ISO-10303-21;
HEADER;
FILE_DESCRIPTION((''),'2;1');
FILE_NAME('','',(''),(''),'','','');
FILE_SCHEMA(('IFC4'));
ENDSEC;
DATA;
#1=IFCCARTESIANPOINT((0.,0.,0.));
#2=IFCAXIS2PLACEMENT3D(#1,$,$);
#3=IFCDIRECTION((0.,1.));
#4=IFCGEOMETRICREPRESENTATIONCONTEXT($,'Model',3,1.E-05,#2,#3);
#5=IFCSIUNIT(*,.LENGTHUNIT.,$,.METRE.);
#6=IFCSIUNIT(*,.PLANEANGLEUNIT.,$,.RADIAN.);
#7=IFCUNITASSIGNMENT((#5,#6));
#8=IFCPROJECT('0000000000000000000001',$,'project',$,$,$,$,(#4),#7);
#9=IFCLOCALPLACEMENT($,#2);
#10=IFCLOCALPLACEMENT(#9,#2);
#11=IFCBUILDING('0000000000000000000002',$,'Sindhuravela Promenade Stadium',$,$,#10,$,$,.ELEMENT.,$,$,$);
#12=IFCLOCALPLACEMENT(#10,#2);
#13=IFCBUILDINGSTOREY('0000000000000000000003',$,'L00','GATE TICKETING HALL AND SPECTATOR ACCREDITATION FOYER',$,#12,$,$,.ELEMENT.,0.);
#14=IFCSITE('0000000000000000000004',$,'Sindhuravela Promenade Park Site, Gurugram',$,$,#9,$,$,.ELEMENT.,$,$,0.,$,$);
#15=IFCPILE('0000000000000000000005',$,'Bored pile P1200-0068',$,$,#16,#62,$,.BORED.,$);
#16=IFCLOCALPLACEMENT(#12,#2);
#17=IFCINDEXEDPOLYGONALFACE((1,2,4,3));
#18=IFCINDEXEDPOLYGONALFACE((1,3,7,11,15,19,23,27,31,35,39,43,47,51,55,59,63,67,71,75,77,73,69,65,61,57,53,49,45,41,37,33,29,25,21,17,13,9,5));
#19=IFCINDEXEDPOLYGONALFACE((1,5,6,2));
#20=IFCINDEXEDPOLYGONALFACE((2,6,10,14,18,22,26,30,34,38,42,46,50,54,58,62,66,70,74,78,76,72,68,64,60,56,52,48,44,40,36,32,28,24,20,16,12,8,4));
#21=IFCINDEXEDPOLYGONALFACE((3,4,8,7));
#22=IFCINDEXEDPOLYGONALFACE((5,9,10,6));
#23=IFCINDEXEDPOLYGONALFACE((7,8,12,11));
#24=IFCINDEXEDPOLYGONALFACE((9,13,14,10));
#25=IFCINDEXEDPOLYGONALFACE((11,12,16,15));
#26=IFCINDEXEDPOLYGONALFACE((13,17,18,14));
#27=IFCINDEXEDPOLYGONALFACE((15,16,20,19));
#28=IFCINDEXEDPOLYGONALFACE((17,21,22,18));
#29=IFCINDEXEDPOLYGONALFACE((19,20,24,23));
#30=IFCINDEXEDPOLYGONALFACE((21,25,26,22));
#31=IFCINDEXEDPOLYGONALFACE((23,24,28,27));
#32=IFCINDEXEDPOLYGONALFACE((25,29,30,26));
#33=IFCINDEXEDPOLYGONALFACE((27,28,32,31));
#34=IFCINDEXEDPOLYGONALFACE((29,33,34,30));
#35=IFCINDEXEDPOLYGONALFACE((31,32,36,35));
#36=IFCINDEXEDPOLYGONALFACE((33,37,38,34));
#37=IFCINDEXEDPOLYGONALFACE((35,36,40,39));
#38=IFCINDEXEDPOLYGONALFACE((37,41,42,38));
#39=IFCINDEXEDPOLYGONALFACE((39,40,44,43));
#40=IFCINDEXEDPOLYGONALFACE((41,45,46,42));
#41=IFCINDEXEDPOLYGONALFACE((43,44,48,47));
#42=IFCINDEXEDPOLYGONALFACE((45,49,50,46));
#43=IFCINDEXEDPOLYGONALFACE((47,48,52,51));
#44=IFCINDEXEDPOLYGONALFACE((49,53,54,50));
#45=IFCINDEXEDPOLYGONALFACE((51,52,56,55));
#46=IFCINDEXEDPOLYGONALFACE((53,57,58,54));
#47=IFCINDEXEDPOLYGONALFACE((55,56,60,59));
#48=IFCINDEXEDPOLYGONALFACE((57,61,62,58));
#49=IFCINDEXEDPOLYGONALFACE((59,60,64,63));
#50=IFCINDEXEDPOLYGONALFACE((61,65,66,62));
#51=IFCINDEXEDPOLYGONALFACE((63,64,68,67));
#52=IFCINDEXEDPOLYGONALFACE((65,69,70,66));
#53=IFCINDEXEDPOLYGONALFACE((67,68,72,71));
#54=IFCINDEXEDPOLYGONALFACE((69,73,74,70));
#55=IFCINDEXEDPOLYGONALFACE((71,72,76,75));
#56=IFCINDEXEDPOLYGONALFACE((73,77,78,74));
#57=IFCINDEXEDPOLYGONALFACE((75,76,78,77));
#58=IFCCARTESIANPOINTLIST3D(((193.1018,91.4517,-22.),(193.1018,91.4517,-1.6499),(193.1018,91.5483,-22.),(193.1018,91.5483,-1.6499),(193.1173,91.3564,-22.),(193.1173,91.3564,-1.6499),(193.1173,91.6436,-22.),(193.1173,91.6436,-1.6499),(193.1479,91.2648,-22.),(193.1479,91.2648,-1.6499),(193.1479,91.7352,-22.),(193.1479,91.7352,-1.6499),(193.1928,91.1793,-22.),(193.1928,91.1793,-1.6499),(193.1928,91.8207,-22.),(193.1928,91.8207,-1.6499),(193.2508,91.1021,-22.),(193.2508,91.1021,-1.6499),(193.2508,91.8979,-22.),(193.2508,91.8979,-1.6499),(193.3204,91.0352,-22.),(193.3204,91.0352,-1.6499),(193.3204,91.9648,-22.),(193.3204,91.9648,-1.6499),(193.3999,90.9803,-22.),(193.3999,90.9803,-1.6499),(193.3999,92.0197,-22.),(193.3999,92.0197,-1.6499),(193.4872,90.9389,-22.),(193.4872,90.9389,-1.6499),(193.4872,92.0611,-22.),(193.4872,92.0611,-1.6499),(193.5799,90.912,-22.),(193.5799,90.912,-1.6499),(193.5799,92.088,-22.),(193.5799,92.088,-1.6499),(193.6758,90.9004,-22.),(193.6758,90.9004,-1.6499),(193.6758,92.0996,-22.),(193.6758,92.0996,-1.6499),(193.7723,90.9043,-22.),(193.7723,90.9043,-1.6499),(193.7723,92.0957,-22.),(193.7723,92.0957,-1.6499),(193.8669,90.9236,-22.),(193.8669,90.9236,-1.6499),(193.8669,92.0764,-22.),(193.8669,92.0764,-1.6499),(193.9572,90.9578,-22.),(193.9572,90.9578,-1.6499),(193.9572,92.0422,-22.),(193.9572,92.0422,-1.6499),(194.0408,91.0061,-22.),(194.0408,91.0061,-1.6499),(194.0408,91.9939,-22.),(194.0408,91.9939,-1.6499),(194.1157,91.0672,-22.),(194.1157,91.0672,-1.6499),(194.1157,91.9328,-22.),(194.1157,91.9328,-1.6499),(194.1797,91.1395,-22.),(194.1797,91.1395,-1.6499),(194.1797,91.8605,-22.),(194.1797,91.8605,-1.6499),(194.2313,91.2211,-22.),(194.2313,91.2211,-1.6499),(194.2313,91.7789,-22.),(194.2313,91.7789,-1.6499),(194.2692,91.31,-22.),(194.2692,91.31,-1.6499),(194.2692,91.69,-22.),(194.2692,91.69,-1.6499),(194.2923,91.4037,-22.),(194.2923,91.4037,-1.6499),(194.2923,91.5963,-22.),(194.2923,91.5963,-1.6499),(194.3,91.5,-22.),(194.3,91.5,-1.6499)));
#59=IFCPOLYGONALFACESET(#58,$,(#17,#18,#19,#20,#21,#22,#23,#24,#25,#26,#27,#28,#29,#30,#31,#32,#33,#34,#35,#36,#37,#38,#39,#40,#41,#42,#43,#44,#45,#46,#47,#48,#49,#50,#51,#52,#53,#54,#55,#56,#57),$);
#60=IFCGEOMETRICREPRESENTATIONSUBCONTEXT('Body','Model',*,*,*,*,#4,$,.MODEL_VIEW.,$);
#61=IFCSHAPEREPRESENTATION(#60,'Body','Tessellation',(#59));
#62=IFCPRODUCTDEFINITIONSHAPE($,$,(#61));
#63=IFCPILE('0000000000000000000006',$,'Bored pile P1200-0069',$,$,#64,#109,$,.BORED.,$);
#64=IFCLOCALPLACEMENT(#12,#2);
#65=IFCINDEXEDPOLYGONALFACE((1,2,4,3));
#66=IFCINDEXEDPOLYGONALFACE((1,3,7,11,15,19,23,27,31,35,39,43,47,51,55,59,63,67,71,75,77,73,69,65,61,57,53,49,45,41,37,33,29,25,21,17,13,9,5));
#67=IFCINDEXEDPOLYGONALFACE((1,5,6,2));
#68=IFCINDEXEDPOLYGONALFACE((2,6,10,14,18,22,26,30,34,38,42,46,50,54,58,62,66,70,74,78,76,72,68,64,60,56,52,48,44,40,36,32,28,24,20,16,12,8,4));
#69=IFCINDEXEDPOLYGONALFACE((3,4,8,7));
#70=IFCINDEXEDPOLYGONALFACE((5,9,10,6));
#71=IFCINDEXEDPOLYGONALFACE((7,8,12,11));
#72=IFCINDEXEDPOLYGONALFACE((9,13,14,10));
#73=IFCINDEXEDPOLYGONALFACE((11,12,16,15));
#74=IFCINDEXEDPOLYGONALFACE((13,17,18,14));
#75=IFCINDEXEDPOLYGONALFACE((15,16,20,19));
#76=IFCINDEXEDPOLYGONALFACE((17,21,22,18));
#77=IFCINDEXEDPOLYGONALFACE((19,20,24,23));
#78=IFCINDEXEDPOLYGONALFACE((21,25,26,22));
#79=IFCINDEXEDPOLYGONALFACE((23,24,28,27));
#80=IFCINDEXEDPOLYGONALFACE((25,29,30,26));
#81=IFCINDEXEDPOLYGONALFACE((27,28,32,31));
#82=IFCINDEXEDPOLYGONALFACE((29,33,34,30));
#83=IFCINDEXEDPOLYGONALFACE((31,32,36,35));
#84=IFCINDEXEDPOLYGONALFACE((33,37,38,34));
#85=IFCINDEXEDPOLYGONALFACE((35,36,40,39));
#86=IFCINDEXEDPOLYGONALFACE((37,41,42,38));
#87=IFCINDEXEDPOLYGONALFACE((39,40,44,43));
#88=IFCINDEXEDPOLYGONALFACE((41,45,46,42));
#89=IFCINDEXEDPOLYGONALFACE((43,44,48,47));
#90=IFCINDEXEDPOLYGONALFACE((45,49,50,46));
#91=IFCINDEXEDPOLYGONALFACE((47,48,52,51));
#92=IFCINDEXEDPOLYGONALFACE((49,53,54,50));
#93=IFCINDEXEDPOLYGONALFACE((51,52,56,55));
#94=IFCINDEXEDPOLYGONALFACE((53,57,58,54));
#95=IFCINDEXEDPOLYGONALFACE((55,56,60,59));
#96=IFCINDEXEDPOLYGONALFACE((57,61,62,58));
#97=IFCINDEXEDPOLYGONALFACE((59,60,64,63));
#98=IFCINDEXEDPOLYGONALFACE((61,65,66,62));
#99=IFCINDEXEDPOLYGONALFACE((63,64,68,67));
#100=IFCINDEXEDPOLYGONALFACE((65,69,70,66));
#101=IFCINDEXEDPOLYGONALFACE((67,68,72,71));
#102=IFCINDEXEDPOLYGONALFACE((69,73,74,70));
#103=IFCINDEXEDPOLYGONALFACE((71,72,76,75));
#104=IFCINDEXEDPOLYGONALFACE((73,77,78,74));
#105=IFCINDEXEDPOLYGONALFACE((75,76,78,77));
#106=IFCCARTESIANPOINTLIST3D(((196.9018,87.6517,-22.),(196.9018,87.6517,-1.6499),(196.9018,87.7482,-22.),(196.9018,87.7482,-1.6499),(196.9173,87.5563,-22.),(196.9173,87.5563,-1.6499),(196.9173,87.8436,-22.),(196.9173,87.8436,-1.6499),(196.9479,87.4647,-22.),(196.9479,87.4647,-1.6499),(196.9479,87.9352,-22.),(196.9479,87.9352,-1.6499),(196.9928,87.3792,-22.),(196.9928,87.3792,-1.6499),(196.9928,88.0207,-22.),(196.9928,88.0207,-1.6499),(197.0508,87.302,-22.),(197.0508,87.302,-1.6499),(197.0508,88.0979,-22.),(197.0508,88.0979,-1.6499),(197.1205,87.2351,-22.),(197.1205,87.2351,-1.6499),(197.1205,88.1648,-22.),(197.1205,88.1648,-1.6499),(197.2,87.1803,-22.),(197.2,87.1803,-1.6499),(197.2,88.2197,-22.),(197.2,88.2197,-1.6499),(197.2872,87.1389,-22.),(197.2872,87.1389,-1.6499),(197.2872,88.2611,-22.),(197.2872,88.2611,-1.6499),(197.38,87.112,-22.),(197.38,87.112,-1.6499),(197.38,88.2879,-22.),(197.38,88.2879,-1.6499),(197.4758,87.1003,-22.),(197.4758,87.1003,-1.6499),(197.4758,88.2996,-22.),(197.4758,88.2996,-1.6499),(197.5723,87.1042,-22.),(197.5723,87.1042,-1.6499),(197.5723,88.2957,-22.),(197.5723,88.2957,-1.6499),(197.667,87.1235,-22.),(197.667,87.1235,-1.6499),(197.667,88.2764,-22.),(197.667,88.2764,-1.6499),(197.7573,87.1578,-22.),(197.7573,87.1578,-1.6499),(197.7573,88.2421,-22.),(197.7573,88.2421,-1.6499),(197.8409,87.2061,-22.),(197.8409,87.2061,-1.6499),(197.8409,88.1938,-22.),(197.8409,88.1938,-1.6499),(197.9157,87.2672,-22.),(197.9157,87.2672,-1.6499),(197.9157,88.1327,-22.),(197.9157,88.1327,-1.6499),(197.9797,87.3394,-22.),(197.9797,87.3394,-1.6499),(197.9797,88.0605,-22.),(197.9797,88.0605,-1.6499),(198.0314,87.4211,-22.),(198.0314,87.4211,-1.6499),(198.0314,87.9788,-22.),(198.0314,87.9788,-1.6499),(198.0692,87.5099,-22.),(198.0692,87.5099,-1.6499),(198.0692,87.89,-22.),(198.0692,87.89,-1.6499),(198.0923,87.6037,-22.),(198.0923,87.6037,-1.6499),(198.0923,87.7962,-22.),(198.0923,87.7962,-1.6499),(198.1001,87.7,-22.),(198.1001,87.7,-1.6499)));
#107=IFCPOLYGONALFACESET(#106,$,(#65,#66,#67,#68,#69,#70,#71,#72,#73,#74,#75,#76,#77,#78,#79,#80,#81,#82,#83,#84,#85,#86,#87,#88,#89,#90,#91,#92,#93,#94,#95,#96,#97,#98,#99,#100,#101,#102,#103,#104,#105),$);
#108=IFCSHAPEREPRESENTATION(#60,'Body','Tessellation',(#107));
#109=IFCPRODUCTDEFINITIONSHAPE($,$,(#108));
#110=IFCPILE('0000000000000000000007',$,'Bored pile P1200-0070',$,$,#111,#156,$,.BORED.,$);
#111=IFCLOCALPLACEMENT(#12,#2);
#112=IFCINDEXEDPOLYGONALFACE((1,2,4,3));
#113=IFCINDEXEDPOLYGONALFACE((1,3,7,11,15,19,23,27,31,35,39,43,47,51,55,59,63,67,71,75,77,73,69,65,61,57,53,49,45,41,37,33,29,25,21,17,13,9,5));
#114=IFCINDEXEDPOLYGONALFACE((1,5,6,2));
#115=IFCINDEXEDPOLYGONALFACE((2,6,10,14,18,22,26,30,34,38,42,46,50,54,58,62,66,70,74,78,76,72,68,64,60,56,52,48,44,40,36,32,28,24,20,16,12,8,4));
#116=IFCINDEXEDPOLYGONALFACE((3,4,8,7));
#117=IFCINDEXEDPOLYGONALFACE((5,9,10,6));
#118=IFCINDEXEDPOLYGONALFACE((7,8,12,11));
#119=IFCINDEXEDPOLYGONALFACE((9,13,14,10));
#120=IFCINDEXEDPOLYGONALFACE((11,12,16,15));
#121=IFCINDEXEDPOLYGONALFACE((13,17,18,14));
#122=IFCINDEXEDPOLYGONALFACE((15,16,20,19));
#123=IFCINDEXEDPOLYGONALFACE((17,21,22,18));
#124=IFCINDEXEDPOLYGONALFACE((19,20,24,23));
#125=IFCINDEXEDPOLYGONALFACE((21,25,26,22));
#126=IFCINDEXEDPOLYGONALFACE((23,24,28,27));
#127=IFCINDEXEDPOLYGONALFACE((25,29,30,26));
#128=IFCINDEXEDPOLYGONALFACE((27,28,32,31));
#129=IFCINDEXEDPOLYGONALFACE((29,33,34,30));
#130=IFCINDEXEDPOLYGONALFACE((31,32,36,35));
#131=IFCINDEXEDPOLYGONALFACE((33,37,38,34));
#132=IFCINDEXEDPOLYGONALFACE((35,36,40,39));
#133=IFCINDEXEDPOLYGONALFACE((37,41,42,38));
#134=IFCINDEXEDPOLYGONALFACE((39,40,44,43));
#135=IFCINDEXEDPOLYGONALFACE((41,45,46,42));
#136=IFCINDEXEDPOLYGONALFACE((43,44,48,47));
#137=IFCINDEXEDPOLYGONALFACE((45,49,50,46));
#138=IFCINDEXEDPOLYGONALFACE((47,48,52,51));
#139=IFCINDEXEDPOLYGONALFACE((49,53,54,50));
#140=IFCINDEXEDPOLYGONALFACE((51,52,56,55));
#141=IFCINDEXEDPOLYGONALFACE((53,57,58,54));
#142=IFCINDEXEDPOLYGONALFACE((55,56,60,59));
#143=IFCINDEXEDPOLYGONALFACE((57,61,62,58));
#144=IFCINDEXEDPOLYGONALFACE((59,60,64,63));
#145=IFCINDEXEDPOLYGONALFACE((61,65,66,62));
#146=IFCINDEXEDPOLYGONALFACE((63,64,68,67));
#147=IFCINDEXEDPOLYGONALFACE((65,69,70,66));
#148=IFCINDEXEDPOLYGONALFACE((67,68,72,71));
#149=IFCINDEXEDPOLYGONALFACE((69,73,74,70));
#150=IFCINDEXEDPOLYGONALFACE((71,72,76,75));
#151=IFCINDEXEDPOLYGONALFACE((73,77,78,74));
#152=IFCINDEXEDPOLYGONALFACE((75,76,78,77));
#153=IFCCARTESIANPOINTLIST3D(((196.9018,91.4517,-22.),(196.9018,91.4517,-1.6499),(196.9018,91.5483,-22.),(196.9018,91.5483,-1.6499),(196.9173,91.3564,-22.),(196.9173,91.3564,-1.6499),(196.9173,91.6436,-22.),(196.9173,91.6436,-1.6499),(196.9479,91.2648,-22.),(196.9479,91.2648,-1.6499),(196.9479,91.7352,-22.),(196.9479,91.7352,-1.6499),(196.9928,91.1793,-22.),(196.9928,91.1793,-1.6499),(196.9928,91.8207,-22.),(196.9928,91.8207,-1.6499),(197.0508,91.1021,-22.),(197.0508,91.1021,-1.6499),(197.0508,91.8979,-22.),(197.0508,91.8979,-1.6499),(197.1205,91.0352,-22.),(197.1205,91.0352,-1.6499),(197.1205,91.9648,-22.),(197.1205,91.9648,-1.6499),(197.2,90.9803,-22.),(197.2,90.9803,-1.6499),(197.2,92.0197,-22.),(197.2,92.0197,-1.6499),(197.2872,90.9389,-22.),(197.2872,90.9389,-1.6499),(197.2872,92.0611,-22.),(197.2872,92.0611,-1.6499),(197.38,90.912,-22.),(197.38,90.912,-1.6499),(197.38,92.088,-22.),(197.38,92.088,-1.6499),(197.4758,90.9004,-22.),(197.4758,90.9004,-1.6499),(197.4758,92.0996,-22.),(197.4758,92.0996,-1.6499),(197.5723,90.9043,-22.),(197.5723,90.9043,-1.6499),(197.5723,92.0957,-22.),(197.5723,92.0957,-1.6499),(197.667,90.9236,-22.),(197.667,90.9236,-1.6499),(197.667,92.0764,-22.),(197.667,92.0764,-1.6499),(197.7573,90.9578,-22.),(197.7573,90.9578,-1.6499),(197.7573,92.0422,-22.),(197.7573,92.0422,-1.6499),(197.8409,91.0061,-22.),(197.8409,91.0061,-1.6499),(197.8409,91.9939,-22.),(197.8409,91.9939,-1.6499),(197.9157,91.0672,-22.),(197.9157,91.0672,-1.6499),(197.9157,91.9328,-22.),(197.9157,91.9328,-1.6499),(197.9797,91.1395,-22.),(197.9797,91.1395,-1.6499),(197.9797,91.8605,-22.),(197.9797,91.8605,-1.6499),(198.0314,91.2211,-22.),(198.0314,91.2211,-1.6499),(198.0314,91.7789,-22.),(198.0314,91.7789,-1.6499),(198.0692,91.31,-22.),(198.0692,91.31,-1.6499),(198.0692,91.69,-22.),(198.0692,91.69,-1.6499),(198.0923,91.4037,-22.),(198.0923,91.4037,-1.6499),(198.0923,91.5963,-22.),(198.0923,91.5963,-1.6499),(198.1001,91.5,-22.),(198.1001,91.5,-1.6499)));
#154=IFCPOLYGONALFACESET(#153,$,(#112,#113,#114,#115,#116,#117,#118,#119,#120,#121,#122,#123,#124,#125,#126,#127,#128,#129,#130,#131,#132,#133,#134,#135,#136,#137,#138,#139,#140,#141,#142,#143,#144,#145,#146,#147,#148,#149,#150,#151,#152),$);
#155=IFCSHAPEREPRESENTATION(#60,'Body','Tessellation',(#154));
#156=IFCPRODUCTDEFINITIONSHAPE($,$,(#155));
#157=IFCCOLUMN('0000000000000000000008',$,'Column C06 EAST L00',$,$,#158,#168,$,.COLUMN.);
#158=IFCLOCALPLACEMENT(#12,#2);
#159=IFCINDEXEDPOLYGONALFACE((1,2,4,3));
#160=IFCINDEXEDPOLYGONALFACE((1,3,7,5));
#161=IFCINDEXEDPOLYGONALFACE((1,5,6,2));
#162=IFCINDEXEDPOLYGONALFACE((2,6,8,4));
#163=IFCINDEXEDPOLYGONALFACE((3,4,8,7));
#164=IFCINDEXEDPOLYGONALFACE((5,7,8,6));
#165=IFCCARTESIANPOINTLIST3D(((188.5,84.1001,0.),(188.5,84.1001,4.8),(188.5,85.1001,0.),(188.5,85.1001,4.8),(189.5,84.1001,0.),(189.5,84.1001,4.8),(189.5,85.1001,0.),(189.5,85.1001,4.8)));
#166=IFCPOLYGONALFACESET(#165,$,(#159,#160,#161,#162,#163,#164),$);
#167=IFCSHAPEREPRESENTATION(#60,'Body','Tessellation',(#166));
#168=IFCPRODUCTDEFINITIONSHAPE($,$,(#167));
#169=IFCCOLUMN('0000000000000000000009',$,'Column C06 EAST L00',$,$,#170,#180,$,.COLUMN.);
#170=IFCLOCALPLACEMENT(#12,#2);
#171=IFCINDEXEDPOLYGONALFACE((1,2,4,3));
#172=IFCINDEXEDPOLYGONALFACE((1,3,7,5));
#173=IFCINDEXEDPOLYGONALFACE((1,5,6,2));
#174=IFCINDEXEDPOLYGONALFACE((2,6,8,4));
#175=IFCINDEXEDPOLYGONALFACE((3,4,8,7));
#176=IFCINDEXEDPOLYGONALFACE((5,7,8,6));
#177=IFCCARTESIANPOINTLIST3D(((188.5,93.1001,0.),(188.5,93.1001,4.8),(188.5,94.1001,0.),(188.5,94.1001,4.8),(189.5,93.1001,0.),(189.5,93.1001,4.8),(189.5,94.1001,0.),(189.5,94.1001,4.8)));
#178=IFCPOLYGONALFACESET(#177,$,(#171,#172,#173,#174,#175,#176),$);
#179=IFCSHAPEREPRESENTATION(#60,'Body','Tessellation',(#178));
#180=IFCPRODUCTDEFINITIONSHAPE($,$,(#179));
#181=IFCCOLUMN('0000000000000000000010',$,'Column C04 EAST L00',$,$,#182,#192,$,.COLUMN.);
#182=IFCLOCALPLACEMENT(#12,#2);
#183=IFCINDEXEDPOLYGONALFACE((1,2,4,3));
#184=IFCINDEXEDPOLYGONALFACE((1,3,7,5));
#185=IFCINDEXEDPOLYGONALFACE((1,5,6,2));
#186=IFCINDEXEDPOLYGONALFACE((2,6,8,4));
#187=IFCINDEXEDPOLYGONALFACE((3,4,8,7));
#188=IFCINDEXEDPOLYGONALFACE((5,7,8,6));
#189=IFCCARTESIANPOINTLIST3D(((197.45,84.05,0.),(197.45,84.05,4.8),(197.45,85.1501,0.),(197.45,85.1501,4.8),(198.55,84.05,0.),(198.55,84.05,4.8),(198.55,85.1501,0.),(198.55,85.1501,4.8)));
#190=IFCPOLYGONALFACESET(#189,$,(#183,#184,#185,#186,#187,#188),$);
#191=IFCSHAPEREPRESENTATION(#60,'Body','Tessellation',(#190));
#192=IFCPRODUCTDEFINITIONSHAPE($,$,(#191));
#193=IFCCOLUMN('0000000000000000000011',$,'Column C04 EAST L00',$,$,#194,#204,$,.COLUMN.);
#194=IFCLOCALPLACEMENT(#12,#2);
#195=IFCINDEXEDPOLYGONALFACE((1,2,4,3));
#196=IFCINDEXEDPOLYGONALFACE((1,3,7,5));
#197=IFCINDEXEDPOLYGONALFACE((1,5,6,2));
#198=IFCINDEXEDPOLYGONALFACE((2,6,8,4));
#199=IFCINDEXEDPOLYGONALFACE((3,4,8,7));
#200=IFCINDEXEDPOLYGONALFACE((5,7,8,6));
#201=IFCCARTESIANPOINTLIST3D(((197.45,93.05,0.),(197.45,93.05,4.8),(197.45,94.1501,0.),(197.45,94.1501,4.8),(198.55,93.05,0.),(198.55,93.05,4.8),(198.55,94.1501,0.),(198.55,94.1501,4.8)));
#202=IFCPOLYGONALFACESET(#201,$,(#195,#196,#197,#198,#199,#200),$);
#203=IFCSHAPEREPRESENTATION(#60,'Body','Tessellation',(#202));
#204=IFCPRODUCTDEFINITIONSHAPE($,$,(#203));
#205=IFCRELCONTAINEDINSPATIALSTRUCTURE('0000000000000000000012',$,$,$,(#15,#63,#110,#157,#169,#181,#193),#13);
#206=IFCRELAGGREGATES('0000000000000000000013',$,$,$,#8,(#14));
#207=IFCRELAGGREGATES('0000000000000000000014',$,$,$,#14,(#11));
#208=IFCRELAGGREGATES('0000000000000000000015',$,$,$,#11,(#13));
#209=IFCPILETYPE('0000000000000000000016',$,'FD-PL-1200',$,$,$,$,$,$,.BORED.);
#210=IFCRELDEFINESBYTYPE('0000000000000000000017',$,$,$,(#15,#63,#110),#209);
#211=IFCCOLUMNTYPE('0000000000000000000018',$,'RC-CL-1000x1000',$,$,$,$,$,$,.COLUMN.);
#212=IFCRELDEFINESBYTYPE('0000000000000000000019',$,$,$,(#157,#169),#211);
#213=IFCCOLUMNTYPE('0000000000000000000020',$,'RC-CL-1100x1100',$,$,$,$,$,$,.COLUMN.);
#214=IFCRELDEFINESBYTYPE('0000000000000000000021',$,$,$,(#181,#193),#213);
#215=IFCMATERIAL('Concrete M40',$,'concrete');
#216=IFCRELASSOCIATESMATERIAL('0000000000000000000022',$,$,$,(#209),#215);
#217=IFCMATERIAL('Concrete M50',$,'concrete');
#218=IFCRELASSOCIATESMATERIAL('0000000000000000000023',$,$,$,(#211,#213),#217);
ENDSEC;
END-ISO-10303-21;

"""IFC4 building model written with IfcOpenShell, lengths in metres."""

from ifc_helpers import new_model, si_unit, direction, frame, origin, origin_2d, place, context, subcontext, project, spatial, rectangle, circle, extrude, material, material_profile, profile_set, type_object, element, save


model = new_model("IFC4")

# Units and contexts
model_context = context("Model", 3, precision=1e-05, world=origin(), true_north=direction((0.0, 1.0)))
body_context = subcontext(model_context, "Body", "Model", "MODEL_VIEW")
ifc_project = project(units=[si_unit("LENGTHUNIT", "METRE"), si_unit("PLANEANGLEUNIT", "RADIAN")], contexts=[model_context])

# Site, building, storey
site_placement = place(None, origin())
site = spatial("IfcSite", under=ifc_project, at=site_placement, Name="Sindhuravela Promenade Park Site, Gurugram", CompositionType="ELEMENT", RefElevation=0.0)
building_placement = place(site_placement, origin())
building = spatial("IfcBuilding", under=site, at=building_placement, Name="Sindhuravela Promenade Stadium", CompositionType="ELEMENT")
storey_placement = place(building_placement, origin())
storey = spatial("IfcBuildingStorey", under=building, at=storey_placement, Name="L00", Description="GATE TICKETING HALL AND SPECTATOR ACCREDITATION FOYER", CompositionType="ELEMENT", Elevation=0.0)

# Shared definitions
ifc_material_1 = material(Name="Concrete M40", Category="concrete")
ifc_material_2 = material(Name="Concrete M50", Category="concrete")

# Piles
ifc_material_profile_1 = material_profile(ifc_material_1, circle(Radius=0.6001, at=origin_2d()), Name="BORED PILE D1200")
ifc_profile_set_1 = profile_set([ifc_material_profile_1], Name="Concrete M40")
pile_type = type_object("IfcPileType", Name="FD-PL-1200", PredefinedType="BORED", material=ifc_profile_set_1)
for number, where, z_axis, x_axis, name in (
    (1, (193.7, 91.5, -1.6499), (0.0, 0.0, -1.0), (1.0, 0.0, 0.0), "Bored pile P1200-0068"),
    (2, (197.5, 87.7, -1.6499), (0.0, 0.0, -1.0), (1.0, 0.0, 0.0), "Bored pile P1200-0069"),
    (3, (197.5, 91.5, -1.6499), (0.0, 0.0, -1.0), (1.0, 0.0, 0.0), "Bored pile P1200-0070"),
):
    element("IfcPile", number, at=place(storey_placement, frame(where, z_axis=z_axis, x_axis=x_axis)), inside=storey, type_object=pile_type, Name=name, PredefinedType="BORED", context=body_context, shape_type="SweptSolid", body=[
        extrude(circle(Radius=0.6001, at=origin_2d()), origin(), (0.0, 0.0, 1.0), 20.3501),
    ])

# Columns
ifc_material_profile_2 = material_profile(ifc_material_2, rectangle(XDim=1.0, YDim=1.0, at=origin_2d()), Name="RC 1000x1000")
ifc_profile_set_2 = profile_set([ifc_material_profile_2], Name="Concrete M50")
column_type_1 = type_object("IfcColumnType", Name="RC-CL-1000x1000", PredefinedType="COLUMN", material=ifc_profile_set_2)
for number, where, z_axis, x_axis, name in (
    (4, (189.0, 84.6001, 0.0), (0.0, 0.0, 1.0), (1.0, 0.0, 0.0), "Column C06 EAST L00"),
    (5, (189.0, 93.6001, 0.0), (0.0, 0.0, 1.0), (1.0, 0.0, 0.0), "Column C06 EAST L00"),
):
    element("IfcColumn", number, at=place(storey_placement, frame(where, z_axis=z_axis, x_axis=x_axis)), inside=storey, type_object=column_type_1, Name=name, PredefinedType="COLUMN", context=body_context, shape_type="SweptSolid", body=[
        extrude(rectangle(XDim=1.0, YDim=1.0, at=origin_2d()), origin(), (0.0, 0.0, 1.0), 4.8),
    ])
ifc_material_profile_3 = material_profile(ifc_material_2, rectangle(XDim=1.1001, YDim=1.1001, at=origin_2d()), Name="RC 1100x1100")
ifc_profile_set_3 = profile_set([ifc_material_profile_3], Name="Concrete M50")
column_type_2 = type_object("IfcColumnType", Name="RC-CL-1100x1100", PredefinedType="COLUMN", material=ifc_profile_set_3)
for number, where, z_axis, x_axis, name in (
    (6, (198.0, 84.6001, 0.0), (0.0, 0.0, 1.0), (1.0, 0.0, 0.0), "Column C04 EAST L00"),
    (7, (198.0, 93.6001, 0.0), (0.0, 0.0, 1.0), (1.0, 0.0, 0.0), "Column C04 EAST L00"),
):
    element("IfcColumn", number, at=place(storey_placement, frame(where, z_axis=z_axis, x_axis=x_axis)), inside=storey, type_object=column_type_2, Name=name, PredefinedType="COLUMN", context=body_context, shape_type="SweptSolid", body=[
        extrude(rectangle(XDim=1.1001, YDim=1.1001, at=origin_2d()), origin(), (0.0, 0.0, 1.0), 4.8),
    ])

save(model, "model.ifc")
